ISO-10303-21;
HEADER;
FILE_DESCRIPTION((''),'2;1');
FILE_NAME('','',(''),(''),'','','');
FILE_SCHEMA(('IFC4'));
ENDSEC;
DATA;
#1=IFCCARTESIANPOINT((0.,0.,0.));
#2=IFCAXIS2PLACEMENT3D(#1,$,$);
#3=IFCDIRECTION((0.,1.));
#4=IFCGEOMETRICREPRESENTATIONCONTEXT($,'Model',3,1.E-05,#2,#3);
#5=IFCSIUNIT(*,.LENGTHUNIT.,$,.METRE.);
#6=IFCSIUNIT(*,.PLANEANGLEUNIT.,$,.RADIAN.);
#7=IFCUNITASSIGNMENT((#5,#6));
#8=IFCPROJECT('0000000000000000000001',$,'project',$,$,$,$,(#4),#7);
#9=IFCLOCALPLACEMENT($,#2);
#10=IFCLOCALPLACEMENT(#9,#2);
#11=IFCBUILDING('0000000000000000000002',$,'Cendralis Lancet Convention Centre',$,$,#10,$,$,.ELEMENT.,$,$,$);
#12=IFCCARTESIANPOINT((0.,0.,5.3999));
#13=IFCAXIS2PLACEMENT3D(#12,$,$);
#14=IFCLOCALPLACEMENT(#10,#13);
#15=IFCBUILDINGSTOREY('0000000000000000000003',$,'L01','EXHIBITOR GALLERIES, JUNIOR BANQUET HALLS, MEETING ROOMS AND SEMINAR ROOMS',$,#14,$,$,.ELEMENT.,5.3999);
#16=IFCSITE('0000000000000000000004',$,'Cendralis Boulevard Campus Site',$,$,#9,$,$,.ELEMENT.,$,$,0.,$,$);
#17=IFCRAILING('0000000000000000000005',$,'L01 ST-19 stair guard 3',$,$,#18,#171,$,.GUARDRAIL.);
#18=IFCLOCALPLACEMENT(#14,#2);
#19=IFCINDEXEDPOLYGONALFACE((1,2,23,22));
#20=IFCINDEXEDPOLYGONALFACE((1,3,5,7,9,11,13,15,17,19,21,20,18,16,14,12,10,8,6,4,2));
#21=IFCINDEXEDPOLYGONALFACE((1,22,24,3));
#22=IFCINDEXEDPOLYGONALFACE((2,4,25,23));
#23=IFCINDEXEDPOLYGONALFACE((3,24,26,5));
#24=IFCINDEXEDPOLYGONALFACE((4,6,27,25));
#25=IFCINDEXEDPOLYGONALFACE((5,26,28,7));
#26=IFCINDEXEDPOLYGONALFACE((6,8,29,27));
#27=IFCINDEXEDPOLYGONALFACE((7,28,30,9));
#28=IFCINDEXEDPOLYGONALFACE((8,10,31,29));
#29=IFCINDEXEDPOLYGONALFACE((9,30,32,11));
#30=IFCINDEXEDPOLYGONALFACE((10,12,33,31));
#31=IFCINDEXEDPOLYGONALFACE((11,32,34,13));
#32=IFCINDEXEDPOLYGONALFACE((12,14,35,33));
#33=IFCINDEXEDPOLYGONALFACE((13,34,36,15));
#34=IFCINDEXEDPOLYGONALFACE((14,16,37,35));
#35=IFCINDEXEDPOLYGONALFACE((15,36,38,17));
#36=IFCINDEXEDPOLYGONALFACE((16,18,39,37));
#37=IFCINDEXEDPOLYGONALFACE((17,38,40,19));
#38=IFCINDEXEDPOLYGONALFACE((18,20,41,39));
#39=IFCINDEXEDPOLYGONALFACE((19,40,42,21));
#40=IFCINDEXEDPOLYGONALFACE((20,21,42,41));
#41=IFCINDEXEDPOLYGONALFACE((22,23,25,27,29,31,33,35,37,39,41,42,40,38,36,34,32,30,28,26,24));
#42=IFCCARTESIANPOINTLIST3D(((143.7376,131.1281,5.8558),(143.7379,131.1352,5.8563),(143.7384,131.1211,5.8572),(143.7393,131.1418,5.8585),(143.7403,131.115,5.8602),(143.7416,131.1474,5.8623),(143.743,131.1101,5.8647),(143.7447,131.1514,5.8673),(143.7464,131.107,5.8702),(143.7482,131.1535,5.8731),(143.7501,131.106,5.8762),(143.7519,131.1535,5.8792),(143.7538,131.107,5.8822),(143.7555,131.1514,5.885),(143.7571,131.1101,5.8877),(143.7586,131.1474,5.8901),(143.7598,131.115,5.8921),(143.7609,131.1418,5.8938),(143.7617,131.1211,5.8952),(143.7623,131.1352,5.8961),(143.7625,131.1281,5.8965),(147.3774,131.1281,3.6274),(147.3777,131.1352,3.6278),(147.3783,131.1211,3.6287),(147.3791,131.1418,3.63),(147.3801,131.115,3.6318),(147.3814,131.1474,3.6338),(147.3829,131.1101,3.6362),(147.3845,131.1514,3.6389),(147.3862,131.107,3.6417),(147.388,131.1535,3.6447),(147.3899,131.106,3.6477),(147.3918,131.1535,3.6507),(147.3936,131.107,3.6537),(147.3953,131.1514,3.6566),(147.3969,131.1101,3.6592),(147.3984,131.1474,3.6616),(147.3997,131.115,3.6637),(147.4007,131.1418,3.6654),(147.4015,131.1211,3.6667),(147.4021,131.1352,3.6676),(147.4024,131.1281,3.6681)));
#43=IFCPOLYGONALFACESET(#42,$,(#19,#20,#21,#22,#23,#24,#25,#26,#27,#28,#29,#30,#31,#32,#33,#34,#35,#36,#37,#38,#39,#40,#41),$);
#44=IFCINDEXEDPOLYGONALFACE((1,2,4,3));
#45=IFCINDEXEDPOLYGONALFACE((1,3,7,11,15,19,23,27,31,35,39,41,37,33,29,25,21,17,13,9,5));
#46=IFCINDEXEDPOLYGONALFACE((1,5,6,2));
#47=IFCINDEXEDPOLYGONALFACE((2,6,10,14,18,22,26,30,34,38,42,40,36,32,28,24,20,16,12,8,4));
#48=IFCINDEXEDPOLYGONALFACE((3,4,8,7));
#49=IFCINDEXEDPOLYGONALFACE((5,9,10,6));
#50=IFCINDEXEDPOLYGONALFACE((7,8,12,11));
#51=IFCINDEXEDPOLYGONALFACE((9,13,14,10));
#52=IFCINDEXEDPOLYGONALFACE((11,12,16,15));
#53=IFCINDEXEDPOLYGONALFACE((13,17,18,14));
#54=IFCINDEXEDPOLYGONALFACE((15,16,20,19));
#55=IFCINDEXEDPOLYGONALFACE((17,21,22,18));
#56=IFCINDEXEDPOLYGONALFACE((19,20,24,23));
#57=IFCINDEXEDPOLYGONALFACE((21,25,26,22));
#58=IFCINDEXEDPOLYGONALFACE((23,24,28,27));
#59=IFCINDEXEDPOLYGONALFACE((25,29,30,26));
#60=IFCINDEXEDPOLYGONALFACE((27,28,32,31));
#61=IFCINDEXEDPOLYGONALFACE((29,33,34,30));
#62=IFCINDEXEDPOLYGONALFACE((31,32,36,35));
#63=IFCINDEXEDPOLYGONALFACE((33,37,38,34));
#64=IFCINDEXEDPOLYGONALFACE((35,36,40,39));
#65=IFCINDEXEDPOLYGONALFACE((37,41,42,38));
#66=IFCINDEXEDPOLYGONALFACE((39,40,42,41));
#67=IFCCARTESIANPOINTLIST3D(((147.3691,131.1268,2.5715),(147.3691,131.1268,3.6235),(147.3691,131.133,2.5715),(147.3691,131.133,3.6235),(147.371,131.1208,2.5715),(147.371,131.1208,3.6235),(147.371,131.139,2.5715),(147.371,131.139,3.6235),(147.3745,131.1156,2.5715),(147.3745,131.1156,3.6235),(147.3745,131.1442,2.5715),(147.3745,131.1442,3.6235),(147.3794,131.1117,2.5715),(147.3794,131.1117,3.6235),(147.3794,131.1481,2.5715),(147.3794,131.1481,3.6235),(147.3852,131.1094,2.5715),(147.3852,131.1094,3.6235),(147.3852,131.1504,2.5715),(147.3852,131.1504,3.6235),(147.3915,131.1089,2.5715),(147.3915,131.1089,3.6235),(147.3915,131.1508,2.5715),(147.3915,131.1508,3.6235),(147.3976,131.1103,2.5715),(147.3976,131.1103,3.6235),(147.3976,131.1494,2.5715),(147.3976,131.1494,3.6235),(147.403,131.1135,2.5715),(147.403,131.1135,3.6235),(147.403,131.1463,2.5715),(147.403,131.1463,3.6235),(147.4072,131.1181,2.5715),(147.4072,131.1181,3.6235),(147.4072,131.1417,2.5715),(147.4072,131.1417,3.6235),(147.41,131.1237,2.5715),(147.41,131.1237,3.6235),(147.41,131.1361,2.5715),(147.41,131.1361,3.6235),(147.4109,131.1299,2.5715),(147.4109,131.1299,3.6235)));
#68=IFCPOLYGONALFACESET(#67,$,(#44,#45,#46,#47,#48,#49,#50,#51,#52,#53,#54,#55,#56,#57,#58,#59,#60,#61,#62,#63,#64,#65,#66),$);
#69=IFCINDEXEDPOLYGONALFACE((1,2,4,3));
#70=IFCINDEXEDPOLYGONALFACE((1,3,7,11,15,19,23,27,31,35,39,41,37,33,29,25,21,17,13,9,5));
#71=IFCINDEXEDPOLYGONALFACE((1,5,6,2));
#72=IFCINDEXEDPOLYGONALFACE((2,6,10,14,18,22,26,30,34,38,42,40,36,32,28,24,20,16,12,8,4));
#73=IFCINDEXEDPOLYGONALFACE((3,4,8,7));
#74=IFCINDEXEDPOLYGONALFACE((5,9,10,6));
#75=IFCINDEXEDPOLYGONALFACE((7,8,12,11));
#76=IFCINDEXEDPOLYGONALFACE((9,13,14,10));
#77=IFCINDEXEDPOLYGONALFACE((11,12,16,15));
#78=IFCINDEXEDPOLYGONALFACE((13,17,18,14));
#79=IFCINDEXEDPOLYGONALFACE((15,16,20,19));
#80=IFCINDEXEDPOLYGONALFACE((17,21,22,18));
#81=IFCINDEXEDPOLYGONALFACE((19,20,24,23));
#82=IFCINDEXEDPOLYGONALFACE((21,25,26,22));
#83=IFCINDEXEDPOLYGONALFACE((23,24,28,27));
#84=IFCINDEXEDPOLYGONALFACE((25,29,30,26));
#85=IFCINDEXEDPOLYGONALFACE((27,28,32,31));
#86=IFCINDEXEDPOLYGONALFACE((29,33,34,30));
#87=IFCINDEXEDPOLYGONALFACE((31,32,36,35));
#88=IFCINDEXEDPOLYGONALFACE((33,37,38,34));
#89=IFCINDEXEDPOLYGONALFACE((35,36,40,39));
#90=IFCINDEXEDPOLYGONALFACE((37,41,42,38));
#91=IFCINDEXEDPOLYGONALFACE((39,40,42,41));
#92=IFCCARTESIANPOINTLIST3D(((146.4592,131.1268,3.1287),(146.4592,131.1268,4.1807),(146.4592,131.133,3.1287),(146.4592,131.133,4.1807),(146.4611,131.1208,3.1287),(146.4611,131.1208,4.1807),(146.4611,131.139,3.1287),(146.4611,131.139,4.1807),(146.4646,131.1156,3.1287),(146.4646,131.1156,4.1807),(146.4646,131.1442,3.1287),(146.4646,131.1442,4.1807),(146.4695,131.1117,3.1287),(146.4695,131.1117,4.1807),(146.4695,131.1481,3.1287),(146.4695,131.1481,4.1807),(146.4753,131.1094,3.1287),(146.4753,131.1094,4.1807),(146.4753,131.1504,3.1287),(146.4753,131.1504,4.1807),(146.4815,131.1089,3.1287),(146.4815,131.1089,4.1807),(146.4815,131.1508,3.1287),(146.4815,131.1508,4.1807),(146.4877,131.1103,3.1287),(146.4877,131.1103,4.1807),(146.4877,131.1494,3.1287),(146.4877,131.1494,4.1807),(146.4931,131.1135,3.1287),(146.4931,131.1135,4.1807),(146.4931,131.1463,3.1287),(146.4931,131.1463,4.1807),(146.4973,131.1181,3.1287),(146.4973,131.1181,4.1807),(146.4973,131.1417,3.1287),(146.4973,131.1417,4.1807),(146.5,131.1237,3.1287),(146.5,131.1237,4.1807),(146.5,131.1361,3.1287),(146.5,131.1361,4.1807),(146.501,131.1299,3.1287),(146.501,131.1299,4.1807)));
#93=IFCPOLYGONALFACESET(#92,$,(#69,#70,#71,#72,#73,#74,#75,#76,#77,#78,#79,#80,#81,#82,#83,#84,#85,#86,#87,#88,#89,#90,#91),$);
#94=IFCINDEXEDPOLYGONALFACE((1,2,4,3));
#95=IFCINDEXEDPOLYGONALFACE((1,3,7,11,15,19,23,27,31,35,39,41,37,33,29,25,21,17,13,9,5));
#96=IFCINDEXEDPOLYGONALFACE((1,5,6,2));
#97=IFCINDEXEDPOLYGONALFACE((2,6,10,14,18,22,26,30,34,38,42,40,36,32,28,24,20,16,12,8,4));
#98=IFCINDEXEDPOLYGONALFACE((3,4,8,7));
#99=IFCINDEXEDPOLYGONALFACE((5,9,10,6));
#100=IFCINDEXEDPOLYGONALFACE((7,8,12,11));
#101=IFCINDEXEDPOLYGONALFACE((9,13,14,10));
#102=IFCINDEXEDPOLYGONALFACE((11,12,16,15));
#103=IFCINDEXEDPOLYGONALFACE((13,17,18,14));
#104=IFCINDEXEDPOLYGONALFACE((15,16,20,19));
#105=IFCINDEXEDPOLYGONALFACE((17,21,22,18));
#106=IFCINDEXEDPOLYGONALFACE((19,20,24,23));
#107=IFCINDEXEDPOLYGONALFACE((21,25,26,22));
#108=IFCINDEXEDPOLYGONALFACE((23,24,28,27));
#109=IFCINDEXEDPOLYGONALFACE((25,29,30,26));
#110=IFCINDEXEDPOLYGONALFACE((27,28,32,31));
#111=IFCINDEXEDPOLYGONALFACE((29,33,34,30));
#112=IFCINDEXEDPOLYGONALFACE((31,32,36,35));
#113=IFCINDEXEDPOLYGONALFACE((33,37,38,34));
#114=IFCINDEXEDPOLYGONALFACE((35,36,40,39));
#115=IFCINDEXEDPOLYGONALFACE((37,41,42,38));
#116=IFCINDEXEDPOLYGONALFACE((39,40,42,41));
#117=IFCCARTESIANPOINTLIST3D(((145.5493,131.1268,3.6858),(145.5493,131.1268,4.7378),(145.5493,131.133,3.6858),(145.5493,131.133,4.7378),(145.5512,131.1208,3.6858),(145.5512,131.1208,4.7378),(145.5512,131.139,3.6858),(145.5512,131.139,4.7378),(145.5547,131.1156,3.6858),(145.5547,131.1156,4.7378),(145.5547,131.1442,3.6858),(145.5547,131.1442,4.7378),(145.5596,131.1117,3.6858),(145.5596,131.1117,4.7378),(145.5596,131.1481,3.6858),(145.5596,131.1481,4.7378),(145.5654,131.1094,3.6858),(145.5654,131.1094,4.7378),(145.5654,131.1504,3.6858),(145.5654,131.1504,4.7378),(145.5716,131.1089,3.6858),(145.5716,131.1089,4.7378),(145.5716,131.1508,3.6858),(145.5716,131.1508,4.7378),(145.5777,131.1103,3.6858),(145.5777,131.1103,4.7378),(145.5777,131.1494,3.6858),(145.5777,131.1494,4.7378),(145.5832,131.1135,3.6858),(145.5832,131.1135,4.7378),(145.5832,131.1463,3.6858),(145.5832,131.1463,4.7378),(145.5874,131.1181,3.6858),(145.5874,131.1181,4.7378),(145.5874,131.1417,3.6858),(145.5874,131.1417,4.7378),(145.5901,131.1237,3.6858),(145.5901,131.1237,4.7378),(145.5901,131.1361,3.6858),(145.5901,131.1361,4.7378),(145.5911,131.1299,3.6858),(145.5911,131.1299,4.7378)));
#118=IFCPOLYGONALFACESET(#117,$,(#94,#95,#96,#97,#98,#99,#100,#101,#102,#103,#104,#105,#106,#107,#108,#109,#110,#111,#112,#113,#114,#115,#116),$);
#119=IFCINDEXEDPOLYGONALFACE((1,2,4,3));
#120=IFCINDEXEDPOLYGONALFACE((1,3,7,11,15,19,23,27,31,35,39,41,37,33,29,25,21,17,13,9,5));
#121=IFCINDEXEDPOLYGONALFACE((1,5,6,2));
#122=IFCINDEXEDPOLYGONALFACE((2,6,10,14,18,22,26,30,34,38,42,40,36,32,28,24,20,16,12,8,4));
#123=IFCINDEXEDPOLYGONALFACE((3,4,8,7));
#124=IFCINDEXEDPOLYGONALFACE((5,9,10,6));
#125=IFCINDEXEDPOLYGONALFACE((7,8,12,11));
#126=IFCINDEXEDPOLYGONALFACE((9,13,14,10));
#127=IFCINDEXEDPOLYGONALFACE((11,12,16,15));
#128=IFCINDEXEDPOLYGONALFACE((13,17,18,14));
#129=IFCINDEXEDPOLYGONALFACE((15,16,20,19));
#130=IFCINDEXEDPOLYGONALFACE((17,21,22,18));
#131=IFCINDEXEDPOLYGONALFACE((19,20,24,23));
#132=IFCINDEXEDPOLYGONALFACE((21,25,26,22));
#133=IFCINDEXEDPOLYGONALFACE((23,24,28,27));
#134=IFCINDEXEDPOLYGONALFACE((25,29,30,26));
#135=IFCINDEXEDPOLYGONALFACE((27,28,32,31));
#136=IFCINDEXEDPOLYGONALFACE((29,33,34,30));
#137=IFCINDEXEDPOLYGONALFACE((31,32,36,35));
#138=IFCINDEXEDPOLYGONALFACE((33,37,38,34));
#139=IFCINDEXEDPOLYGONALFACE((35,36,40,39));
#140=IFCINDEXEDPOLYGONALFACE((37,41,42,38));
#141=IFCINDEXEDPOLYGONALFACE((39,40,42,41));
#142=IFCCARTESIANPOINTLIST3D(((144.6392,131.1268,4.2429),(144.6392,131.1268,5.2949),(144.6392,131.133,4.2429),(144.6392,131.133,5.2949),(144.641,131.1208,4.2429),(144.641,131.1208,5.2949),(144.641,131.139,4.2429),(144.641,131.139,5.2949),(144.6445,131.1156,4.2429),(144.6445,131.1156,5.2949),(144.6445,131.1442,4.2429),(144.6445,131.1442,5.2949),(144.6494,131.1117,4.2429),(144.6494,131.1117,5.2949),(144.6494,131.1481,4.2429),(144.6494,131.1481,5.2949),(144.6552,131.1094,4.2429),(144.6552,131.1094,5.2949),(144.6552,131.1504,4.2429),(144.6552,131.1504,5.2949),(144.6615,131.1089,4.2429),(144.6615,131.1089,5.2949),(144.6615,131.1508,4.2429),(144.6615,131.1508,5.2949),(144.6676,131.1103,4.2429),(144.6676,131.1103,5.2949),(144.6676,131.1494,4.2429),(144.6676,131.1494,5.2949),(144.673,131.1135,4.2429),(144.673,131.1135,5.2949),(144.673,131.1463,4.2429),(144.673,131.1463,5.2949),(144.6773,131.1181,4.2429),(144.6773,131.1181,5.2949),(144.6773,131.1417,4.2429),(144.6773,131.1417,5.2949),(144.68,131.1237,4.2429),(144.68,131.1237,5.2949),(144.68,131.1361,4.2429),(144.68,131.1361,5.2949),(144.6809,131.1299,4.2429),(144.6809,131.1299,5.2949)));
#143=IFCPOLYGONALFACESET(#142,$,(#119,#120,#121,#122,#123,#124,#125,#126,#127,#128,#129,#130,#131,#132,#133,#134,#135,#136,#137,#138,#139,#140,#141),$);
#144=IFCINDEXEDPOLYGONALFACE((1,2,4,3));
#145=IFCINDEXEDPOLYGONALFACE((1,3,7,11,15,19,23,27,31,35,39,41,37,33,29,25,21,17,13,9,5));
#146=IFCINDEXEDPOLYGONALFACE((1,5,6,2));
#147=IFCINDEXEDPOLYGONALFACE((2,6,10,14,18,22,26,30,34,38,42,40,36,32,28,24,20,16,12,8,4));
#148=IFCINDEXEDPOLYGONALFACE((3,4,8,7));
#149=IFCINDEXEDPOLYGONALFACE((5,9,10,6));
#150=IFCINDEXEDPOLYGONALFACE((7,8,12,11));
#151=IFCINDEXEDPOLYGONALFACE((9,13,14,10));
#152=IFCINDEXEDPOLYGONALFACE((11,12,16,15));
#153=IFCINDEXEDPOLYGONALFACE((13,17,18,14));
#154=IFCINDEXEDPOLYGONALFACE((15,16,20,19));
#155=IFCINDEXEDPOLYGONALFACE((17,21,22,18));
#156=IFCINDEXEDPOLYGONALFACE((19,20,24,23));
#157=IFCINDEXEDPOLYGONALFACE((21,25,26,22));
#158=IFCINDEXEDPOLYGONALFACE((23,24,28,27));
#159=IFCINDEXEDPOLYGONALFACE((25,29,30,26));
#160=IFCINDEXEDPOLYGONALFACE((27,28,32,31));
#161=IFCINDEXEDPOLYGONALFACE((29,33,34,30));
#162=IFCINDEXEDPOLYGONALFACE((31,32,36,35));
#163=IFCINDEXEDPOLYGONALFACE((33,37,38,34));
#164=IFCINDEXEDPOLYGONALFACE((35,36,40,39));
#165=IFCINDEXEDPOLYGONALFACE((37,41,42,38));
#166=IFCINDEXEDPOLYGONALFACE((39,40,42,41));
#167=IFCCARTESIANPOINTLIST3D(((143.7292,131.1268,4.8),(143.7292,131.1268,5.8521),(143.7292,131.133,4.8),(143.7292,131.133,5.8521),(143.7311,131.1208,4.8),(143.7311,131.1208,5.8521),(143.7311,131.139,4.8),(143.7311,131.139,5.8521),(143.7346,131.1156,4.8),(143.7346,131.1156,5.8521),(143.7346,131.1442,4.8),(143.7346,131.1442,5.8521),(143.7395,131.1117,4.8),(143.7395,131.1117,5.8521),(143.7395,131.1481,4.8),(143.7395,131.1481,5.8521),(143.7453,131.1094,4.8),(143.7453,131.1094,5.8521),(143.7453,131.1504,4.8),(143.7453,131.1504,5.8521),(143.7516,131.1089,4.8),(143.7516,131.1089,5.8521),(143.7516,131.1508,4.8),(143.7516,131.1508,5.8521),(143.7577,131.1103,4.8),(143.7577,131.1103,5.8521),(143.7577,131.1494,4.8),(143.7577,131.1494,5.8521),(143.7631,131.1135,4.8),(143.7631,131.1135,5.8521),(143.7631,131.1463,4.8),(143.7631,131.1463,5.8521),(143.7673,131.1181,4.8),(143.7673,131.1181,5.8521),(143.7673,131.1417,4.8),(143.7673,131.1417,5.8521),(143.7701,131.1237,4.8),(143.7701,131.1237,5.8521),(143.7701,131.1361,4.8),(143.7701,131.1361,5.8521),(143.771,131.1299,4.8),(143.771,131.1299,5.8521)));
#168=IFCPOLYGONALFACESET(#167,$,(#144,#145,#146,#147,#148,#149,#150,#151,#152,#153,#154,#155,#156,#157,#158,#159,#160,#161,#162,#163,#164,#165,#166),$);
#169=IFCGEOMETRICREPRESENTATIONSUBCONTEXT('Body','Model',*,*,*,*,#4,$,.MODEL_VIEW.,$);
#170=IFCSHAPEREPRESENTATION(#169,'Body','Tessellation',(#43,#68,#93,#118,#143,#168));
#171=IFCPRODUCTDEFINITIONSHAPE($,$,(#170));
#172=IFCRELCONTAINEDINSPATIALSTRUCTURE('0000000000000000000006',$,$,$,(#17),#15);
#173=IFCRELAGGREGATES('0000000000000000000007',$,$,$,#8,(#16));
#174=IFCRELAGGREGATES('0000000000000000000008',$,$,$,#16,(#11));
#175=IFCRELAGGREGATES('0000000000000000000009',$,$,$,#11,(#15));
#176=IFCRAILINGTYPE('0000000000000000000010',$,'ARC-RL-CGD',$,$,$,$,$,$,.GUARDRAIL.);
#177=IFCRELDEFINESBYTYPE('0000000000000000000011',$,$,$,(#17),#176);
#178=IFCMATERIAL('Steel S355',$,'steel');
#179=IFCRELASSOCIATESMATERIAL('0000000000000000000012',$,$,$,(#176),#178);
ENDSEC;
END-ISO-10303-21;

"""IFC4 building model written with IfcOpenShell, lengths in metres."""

from ifc_helpers import new_model, si_unit, direction, frame, origin, origin_2d, place, context, subcontext, project, spatial, circle, extrude, material, type_object, element, save


model = new_model("IFC4")

# Units and contexts
model_context = context("Model", 3, precision=1e-05, world=origin(), true_north=direction((0.0, 1.0)))
body_context = subcontext(model_context, "Body", "Model", "MODEL_VIEW")
ifc_project = project(units=[si_unit("LENGTHUNIT", "METRE"), si_unit("PLANEANGLEUNIT", "RADIAN")], contexts=[model_context])

# Site, building, storey
site_placement = place(None, origin())
site = spatial("IfcSite", under=ifc_project, at=site_placement, Name="Cendralis Boulevard Campus Site", CompositionType="ELEMENT", RefElevation=0.0)
building_placement = place(site_placement, origin())
building = spatial("IfcBuilding", under=site, at=building_placement, Name="Cendralis Lancet Convention Centre", CompositionType="ELEMENT")
storey_placement = place(building_placement, frame((0.0, 0.0, 5.3999)))
storey = spatial("IfcBuildingStorey", under=building, at=storey_placement, Name="L01", Description="EXHIBITOR GALLERIES, JUNIOR BANQUET HALLS, MEETING ROOMS AND SEMINAR ROOMS", CompositionType="ELEMENT", Elevation=5.3999)

# Shared definitions
ifc_material_1 = material(Name="Steel S355", Category="steel")

# Railing
railing_type_1 = type_object("IfcRailingType", Name="ARC-RL-CGD", PredefinedType="GUARDRAIL", material=ifc_material_1)
railing_1_placement = place(storey_placement, frame((147.3899, 131.1299, 2.5715)))
element("IfcRailing", 1, at=railing_1_placement, inside=storey, type_object=railing_type_1, Name="L01 ST-19 stair guard 3", PredefinedType="GUARDRAIL", context=body_context, shape_type="SweptSolid", body=[
    extrude(circle(Radius=0.0239, at=origin_2d()), frame((0.0, 0.0, 1.0762), z_axis=(-0.85285, 0.0, 0.522156), x_axis=(0.0, -1.0, 0.0)), (0.0, 0.0, 1.0), 4.2678),
    extrude(circle(Radius=0.021, at=origin_2d()), origin(), (0.0, 0.0, 1.0), 1.052),
    extrude(circle(Radius=0.021, at=origin_2d()), frame((-0.9099, 0.0, 0.5571)), (0.0, 0.0, 1.0), 1.052),
    extrude(circle(Radius=0.021, at=origin_2d()), frame((-1.8198, 0.0, 1.1143)), (0.0, 0.0, 1.0), 1.052),
    extrude(circle(Radius=0.021, at=origin_2d()), frame((-2.73, 0.0, 1.6714)), (0.0, 0.0, 1.0), 1.052),
    extrude(circle(Radius=0.021, at=origin_2d()), frame((-3.6399, 0.0, 2.2285)), (0.0, 0.0, 1.0), 1.052),
])

save(model, "model.ifc")
